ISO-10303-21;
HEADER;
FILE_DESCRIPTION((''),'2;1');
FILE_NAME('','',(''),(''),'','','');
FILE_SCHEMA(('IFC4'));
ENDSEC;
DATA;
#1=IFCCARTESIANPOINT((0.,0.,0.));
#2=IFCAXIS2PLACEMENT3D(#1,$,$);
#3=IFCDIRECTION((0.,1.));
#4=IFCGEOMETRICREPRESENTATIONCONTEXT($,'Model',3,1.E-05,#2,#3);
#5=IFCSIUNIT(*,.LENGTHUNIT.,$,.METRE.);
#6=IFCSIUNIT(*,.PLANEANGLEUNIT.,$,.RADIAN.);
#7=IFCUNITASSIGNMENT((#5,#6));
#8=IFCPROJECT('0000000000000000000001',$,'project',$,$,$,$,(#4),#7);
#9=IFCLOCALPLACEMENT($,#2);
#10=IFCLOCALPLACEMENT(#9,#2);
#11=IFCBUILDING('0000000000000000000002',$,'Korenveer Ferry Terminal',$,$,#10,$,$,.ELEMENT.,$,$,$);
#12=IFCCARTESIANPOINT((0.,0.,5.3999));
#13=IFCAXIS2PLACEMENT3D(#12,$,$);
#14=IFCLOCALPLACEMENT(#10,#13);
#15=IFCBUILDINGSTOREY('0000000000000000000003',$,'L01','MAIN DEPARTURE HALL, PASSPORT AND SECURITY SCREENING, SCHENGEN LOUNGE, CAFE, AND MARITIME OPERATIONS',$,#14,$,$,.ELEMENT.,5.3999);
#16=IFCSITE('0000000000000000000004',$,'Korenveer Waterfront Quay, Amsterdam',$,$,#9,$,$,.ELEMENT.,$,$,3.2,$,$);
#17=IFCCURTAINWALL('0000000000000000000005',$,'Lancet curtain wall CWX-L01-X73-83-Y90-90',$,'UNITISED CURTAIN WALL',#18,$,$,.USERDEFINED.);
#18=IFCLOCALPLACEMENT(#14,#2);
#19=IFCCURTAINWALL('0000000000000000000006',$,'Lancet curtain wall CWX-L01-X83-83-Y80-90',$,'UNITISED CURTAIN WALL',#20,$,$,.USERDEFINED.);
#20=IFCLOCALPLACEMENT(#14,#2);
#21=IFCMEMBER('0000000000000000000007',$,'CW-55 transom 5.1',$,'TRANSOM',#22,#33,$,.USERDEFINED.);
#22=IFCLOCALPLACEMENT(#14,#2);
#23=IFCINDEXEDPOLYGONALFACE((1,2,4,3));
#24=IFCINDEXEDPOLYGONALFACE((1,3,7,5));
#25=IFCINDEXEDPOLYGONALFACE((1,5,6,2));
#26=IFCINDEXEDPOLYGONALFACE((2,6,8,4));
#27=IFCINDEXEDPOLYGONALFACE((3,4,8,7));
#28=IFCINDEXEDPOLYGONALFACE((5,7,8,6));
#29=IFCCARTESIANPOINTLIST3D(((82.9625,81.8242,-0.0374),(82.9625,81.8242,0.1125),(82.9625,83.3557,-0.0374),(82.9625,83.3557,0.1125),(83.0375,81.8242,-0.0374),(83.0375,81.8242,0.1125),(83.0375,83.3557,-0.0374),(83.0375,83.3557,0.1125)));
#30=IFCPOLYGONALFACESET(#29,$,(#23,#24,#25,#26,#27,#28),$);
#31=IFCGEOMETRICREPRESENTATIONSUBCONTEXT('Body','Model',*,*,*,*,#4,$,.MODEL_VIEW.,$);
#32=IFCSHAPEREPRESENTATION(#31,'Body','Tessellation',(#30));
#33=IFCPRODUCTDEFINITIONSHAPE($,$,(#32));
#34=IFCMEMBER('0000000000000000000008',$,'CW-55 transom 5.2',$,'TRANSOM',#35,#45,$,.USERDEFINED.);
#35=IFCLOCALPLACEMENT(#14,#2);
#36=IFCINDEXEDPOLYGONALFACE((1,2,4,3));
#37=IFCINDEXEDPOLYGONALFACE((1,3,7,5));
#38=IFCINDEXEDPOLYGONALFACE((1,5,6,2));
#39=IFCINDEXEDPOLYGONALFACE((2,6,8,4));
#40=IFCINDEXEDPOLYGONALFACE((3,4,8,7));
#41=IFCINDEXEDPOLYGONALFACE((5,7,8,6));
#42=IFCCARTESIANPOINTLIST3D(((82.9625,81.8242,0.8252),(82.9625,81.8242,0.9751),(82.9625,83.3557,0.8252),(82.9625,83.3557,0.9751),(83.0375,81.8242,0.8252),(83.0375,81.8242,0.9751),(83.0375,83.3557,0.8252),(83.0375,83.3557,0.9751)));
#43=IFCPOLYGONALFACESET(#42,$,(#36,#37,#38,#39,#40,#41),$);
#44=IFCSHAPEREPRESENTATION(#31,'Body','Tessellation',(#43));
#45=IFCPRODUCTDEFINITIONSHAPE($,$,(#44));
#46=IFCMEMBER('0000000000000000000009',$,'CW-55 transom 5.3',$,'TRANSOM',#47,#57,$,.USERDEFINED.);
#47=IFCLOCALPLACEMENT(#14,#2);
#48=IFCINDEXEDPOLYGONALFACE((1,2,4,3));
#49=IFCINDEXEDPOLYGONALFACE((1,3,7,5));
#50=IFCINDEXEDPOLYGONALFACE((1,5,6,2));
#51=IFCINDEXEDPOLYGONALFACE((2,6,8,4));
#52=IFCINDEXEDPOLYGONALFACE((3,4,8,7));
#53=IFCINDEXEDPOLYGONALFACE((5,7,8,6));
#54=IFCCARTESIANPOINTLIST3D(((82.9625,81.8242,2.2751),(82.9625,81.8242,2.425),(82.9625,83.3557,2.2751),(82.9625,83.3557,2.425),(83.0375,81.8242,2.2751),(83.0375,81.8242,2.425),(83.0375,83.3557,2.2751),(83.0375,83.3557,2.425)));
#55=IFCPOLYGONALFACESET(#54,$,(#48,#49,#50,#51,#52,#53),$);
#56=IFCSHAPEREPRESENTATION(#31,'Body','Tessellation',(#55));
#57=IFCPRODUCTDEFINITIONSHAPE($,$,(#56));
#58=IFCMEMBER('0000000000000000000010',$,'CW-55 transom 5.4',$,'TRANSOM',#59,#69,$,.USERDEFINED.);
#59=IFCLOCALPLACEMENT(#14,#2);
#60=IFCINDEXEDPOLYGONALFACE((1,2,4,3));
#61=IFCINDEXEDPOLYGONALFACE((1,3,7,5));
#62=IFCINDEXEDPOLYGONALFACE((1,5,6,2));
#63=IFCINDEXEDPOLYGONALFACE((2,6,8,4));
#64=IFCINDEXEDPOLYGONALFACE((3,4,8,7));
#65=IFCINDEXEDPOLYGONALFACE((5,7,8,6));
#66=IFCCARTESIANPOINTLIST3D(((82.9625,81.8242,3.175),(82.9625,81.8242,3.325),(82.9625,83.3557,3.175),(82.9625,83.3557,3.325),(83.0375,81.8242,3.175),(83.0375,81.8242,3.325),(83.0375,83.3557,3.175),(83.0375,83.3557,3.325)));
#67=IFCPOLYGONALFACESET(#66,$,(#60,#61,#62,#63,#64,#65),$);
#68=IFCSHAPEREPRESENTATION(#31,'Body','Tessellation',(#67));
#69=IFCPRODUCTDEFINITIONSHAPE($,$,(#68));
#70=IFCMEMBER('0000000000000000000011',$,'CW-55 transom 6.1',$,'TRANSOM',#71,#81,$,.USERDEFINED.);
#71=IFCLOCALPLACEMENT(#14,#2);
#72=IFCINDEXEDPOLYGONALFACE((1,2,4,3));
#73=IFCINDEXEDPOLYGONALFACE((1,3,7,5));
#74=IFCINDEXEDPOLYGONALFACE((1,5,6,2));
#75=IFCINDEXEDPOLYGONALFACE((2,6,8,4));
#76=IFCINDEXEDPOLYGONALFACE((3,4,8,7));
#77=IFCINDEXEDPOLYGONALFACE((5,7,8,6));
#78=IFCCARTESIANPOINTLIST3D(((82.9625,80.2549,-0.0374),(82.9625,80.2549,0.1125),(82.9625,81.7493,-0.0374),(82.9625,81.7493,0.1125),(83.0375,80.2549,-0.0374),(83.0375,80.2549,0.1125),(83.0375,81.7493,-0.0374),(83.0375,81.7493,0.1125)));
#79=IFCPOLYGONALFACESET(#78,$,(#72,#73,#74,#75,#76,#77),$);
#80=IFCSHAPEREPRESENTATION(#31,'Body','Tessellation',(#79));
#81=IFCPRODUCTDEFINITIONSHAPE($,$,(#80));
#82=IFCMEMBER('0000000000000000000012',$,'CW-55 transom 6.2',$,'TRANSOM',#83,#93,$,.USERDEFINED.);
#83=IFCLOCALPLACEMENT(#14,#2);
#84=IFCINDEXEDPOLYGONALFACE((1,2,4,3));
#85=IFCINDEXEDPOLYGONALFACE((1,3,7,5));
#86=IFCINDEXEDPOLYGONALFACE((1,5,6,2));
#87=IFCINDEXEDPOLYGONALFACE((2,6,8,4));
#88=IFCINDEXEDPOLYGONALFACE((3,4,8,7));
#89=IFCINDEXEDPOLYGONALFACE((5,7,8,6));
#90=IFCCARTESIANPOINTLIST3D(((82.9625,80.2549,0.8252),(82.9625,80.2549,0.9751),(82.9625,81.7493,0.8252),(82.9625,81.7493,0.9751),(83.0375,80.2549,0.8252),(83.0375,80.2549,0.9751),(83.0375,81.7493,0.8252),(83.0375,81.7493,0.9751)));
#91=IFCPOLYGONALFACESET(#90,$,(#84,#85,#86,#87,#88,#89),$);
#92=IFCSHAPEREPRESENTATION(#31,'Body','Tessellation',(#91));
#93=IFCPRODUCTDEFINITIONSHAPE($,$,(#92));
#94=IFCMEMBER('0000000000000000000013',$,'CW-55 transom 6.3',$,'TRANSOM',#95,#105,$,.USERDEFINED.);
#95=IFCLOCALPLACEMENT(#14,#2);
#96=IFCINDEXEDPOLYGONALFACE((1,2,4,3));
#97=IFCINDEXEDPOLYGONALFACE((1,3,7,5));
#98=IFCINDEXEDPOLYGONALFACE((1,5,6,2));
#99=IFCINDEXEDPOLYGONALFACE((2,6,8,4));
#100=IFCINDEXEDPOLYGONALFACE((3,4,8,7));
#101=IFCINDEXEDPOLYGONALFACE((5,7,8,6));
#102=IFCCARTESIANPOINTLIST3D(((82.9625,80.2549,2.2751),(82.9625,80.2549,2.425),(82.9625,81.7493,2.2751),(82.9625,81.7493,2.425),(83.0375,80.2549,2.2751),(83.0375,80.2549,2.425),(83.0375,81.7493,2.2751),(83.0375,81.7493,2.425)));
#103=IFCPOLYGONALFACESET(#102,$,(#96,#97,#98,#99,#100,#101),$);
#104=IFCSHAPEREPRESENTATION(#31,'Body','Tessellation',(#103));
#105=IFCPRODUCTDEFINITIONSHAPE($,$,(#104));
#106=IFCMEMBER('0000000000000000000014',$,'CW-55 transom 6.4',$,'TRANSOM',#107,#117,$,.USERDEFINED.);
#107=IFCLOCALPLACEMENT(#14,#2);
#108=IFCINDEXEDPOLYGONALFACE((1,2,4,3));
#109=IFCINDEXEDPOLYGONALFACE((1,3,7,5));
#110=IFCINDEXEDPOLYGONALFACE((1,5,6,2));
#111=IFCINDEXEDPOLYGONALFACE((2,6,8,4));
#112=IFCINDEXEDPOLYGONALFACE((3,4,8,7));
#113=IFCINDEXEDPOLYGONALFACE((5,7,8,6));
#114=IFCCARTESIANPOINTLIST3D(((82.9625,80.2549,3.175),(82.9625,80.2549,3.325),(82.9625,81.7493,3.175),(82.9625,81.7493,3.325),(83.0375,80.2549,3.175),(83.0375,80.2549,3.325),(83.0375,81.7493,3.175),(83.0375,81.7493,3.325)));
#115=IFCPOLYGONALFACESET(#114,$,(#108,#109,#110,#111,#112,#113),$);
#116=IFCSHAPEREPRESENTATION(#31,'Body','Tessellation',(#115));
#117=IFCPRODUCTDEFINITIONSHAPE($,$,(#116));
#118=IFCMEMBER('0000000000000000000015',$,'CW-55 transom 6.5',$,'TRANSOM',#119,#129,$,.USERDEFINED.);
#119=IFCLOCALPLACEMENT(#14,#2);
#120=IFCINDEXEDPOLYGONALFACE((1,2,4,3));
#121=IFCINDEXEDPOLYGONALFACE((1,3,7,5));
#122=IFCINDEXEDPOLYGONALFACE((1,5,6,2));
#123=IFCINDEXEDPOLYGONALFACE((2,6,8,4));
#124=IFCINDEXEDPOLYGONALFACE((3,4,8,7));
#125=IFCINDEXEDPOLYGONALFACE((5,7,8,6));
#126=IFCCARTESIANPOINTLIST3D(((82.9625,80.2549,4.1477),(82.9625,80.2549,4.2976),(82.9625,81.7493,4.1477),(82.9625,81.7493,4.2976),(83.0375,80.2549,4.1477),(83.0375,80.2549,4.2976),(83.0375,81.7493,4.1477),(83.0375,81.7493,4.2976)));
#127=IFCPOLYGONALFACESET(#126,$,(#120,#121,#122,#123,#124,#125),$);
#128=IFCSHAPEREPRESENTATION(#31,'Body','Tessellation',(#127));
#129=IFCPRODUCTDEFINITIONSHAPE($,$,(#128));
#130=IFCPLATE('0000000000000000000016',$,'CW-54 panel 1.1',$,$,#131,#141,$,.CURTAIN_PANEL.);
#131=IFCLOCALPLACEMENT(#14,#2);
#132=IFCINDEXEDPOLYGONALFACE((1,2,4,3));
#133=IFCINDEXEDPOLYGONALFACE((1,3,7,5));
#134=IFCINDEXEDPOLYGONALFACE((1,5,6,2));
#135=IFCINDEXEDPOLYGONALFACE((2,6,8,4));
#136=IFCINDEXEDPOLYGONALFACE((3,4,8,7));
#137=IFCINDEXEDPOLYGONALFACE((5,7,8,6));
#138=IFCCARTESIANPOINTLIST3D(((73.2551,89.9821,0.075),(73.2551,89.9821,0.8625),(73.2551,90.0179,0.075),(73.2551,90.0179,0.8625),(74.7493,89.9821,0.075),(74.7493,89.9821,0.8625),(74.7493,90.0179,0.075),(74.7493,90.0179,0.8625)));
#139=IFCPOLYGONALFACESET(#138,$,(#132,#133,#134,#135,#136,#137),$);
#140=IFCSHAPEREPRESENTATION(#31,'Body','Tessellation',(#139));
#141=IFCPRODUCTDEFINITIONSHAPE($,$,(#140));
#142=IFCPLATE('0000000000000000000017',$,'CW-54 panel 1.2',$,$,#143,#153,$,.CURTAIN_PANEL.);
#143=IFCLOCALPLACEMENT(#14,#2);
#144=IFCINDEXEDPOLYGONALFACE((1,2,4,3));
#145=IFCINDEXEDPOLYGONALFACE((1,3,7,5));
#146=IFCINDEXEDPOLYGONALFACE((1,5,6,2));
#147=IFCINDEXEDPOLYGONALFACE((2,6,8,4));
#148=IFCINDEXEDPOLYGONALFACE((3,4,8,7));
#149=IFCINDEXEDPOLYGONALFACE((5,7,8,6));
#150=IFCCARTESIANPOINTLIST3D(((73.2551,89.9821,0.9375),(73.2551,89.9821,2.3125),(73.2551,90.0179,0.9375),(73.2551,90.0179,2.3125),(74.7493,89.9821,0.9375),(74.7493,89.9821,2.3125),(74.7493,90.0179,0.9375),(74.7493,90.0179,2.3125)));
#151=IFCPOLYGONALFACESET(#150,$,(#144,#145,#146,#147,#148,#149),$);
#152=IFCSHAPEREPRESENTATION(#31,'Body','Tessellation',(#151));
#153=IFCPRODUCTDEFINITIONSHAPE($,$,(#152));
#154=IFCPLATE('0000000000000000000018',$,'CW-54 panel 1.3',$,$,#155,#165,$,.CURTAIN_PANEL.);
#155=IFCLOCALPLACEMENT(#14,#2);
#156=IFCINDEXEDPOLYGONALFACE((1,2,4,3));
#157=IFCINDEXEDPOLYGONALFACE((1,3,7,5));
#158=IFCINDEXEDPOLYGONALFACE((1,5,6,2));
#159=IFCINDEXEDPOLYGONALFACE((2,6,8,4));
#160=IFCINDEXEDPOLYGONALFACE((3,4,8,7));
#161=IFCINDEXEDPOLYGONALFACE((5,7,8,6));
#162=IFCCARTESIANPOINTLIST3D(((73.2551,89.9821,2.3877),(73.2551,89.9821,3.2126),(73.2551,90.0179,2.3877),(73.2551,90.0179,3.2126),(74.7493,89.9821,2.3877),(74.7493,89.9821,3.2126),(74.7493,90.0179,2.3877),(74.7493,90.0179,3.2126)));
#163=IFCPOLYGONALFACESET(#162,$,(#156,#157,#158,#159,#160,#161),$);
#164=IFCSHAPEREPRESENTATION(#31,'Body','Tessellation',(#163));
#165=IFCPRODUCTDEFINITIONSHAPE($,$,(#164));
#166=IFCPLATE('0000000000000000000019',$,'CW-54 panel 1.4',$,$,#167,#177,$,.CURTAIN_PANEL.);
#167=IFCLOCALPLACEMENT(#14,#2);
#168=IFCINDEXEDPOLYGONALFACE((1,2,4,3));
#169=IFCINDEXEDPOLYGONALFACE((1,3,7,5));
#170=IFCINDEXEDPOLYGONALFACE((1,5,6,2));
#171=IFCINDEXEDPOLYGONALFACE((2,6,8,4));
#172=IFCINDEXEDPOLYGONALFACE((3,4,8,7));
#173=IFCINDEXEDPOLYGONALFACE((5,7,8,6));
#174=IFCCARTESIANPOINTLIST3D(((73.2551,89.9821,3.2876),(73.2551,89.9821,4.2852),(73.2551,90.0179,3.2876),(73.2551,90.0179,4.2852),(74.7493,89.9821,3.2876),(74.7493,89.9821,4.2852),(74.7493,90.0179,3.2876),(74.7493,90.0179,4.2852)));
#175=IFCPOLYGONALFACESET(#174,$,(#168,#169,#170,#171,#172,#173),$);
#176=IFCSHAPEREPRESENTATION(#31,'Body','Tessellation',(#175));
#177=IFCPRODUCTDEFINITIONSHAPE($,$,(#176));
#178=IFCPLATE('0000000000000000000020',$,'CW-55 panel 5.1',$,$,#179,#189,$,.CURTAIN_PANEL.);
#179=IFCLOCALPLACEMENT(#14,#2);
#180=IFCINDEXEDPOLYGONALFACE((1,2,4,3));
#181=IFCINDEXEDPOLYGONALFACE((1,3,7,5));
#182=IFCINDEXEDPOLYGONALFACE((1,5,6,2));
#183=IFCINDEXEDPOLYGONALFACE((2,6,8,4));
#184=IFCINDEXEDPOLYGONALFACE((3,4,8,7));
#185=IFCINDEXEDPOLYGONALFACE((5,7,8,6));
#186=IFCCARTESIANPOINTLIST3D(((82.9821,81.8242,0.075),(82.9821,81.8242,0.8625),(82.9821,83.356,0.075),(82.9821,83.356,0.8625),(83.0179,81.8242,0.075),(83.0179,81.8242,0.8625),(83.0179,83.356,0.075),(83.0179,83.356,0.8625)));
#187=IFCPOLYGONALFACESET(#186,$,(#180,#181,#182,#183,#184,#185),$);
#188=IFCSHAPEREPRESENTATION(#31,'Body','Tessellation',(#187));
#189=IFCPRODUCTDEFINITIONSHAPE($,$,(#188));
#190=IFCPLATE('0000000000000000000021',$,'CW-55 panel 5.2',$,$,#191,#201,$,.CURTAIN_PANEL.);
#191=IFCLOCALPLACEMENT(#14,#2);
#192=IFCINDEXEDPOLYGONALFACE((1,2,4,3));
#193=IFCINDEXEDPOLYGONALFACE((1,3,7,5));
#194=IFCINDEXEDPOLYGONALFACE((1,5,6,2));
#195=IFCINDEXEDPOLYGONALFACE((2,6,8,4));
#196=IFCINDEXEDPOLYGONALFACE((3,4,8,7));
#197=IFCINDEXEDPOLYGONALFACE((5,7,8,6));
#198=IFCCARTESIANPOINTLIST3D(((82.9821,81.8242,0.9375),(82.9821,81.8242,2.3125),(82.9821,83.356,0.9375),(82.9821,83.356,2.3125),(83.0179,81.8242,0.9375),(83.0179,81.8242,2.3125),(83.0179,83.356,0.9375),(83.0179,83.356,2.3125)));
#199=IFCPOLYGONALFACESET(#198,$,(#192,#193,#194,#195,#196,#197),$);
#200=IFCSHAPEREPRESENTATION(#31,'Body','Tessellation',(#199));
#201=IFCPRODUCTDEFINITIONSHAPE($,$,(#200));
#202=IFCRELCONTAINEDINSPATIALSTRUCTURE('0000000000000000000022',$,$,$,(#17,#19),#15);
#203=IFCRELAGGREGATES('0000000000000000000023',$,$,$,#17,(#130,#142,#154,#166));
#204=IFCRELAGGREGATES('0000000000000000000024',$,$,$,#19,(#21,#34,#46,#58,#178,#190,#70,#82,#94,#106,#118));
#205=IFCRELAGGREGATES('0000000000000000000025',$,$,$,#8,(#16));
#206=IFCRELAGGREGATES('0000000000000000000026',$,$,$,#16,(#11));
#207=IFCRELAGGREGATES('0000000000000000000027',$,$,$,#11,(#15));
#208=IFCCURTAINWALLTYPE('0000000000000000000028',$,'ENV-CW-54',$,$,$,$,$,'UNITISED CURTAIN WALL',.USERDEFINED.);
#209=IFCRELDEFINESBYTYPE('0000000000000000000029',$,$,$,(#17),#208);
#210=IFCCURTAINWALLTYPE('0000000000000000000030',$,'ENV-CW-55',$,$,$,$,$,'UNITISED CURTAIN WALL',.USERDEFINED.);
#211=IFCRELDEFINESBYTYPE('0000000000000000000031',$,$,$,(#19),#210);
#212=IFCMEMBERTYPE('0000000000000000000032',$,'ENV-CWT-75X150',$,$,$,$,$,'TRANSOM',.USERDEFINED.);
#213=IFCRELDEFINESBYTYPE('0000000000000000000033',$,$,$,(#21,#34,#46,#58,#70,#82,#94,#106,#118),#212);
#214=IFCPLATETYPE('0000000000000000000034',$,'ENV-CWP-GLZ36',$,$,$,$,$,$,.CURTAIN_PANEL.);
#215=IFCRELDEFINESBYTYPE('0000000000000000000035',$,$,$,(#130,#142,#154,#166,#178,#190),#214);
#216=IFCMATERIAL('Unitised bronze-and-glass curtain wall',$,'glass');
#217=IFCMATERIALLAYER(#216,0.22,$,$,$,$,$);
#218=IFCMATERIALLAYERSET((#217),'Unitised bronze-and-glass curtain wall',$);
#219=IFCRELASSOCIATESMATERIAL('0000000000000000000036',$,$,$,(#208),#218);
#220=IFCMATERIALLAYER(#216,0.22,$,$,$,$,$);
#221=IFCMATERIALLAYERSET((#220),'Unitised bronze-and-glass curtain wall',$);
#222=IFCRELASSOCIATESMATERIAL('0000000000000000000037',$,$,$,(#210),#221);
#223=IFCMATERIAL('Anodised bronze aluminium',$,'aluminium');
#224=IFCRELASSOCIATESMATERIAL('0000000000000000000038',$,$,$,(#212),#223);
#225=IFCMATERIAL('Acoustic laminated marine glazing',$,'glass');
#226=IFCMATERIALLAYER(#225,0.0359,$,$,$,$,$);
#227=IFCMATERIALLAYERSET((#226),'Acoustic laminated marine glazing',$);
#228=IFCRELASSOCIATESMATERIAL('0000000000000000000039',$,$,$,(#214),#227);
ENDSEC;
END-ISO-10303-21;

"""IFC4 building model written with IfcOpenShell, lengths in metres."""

from ifc_helpers import new_model, si_unit, direction, frame, origin, origin_2d, place, context, subcontext, project, spatial, rectangle, extrude, material, layer, layer_set, material_profile, profile_set, type_object, element, aggregate, save


model = new_model("IFC4")

# Units and contexts
model_context = context("Model", 3, precision=1e-05, world=origin(), true_north=direction((0.0, 1.0)))
body_context = subcontext(model_context, "Body", "Model", "MODEL_VIEW")
ifc_project = project(units=[si_unit("LENGTHUNIT", "METRE"), si_unit("PLANEANGLEUNIT", "RADIAN")], contexts=[model_context])

# Site, building, storey
site_placement = place(None, origin())
site = spatial("IfcSite", under=ifc_project, at=site_placement, Name="Korenveer Waterfront Quay, Amsterdam", CompositionType="ELEMENT", RefElevation=3.2)
building_placement = place(site_placement, origin())
building = spatial("IfcBuilding", under=site, at=building_placement, Name="Korenveer Ferry Terminal", CompositionType="ELEMENT")
storey_placement = place(building_placement, frame((0.0, 0.0, 5.3999)))
storey = spatial("IfcBuildingStorey", under=building, at=storey_placement, Name="L01", Description="MAIN DEPARTURE HALL, PASSPORT AND SECURITY SCREENING, SCHENGEN LOUNGE, CAFE, AND MARITIME OPERATIONS", CompositionType="ELEMENT", Elevation=5.3999)

# Shared definitions
ifc_material_1 = material(Name="Unitised bronze-and-glass curtain wall", Category="glass")
ifc_material_2 = material(Name="Anodised bronze aluminium", Category="aluminium")

# Curtain walls
ifc_layer_1 = layer(ifc_material_1, 0.22)
ifc_layer_set_1 = layer_set([ifc_layer_1], Name="Unitised bronze-and-glass curtain wall")
curtain_wall_type_1 = type_object("IfcCurtainWallType", Name="ENV-CW-54", ElementType="UNITISED CURTAIN WALL", PredefinedType="USERDEFINED", material=ifc_layer_set_1)
curtain_wall_1_placement = place(storey_placement, frame((73.1799, 90.0, 0.0)))
curtain_wall_1 = element("IfcCurtainWall", 1, at=curtain_wall_1_placement, inside=storey, type_object=curtain_wall_type_1, Name="Lancet curtain wall CWX-L01-X73-83-Y90-90", ObjectType="UNITISED CURTAIN WALL", PredefinedType="USERDEFINED")
ifc_layer_2 = layer(ifc_material_1, 0.22)
ifc_layer_set_2 = layer_set([ifc_layer_2], Name="Unitised bronze-and-glass curtain wall")
curtain_wall_type_2 = type_object("IfcCurtainWallType", Name="ENV-CW-55", ElementType="UNITISED CURTAIN WALL", PredefinedType="USERDEFINED", material=ifc_layer_set_2)
curtain_wall_2_placement = place(storey_placement, frame((83.0, 89.8201, 0.0)))
curtain_wall_2 = element("IfcCurtainWall", 2, at=curtain_wall_2_placement, inside=storey, type_object=curtain_wall_type_2, Name="Lancet curtain wall CWX-L01-X83-83-Y80-90", ObjectType="UNITISED CURTAIN WALL", PredefinedType="USERDEFINED")

# Members
ifc_material_profile_1 = material_profile(ifc_material_2, rectangle(XDim=0.075, YDim=0.1499, at=origin_2d()), Name="ALU 75x150")
ifc_profile_set_1 = profile_set([ifc_material_profile_1], Name="Anodised bronze aluminium")
member_type_1 = type_object("IfcMemberType", Name="ENV-CWT-75X150", ElementType="TRANSOM", PredefinedType="USERDEFINED", material=ifc_profile_set_1)
member_1_placement = place(storey_placement, frame((83.0, 83.3557, 0.0376), z_axis=(0.0, -1.0, 0.0), x_axis=(1.0, 0.0, 0.0)))
member_1 = element("IfcMember", 3, at=member_1_placement, type_object=member_type_1, Name="CW-55 transom 5.1", ObjectType="TRANSOM", PredefinedType="USERDEFINED", context=body_context, shape_type="SweptSolid", body=[
    extrude(rectangle(XDim=0.075, YDim=0.1499, at=origin_2d()), origin(), (0.0, 0.0, 1.0), 1.5315),
])
member_2_placement = place(storey_placement, frame((83.0, 83.3557, 0.9001), z_axis=(0.0, -1.0, 0.0), x_axis=(1.0, 0.0, 0.0)))
member_2 = element("IfcMember", 4, at=member_2_placement, type_object=member_type_1, Name="CW-55 transom 5.2", ObjectType="TRANSOM", PredefinedType="USERDEFINED", context=body_context, shape_type="SweptSolid", body=[
    extrude(rectangle(XDim=0.075, YDim=0.1499, at=origin_2d()), origin(), (0.0, 0.0, 1.0), 1.5315),
])
member_3_placement = place(storey_placement, frame((83.0, 83.3557, 2.3501), z_axis=(0.0, -1.0, 0.0), x_axis=(1.0, 0.0, 0.0)))
member_3 = element("IfcMember", 5, at=member_3_placement, type_object=member_type_1, Name="CW-55 transom 5.3", ObjectType="TRANSOM", PredefinedType="USERDEFINED", context=body_context, shape_type="SweptSolid", body=[
    extrude(rectangle(XDim=0.075, YDim=0.1499, at=origin_2d()), origin(), (0.0, 0.0, 1.0), 1.5315),
])
member_4_placement = place(storey_placement, frame((83.0, 83.3557, 3.25), z_axis=(0.0, -1.0, 0.0), x_axis=(1.0, 0.0, 0.0)))
member_4 = element("IfcMember", 6, at=member_4_placement, type_object=member_type_1, Name="CW-55 transom 5.4", ObjectType="TRANSOM", PredefinedType="USERDEFINED", context=body_context, shape_type="SweptSolid", body=[
    extrude(rectangle(XDim=0.075, YDim=0.1499, at=origin_2d()), origin(), (0.0, 0.0, 1.0), 1.5315),
])
member_5_placement = place(storey_placement, frame((83.0, 81.7493, 0.0376), z_axis=(0.0, -1.0, 0.0), x_axis=(1.0, 0.0, 0.0)))
member_5 = element("IfcMember", 7, at=member_5_placement, type_object=member_type_1, Name="CW-55 transom 6.1", ObjectType="TRANSOM", PredefinedType="USERDEFINED", context=body_context, shape_type="SweptSolid", body=[
    extrude(rectangle(XDim=0.075, YDim=0.1499, at=origin_2d()), origin(), (0.0, 0.0, 1.0), 1.4944),
])
member_6_placement = place(storey_placement, frame((83.0, 81.7493, 0.9001), z_axis=(0.0, -1.0, 0.0), x_axis=(1.0, 0.0, 0.0)))
member_6 = element("IfcMember", 8, at=member_6_placement, type_object=member_type_1, Name="CW-55 transom 6.2", ObjectType="TRANSOM", PredefinedType="USERDEFINED", context=body_context, shape_type="SweptSolid", body=[
    extrude(rectangle(XDim=0.075, YDim=0.1499, at=origin_2d()), origin(), (0.0, 0.0, 1.0), 1.4944),
])
member_7_placement = place(storey_placement, frame((83.0, 81.7493, 2.3501), z_axis=(0.0, -1.0, 0.0), x_axis=(1.0, 0.0, 0.0)))
member_7 = element("IfcMember", 9, at=member_7_placement, type_object=member_type_1, Name="CW-55 transom 6.3", ObjectType="TRANSOM", PredefinedType="USERDEFINED", context=body_context, shape_type="SweptSolid", body=[
    extrude(rectangle(XDim=0.075, YDim=0.1499, at=origin_2d()), origin(), (0.0, 0.0, 1.0), 1.4944),
])
member_8_placement = place(storey_placement, frame((83.0, 81.7493, 3.25), z_axis=(0.0, -1.0, 0.0), x_axis=(1.0, 0.0, 0.0)))
member_8 = element("IfcMember", 10, at=member_8_placement, type_object=member_type_1, Name="CW-55 transom 6.4", ObjectType="TRANSOM", PredefinedType="USERDEFINED", context=body_context, shape_type="SweptSolid", body=[
    extrude(rectangle(XDim=0.075, YDim=0.1499, at=origin_2d()), origin(), (0.0, 0.0, 1.0), 1.4944),
])
member_9_placement = place(storey_placement, frame((83.0, 81.7493, 4.2227), z_axis=(0.0, -1.0, 0.0), x_axis=(1.0, 0.0, 0.0)))
member_9 = element("IfcMember", 11, at=member_9_placement, type_object=member_type_1, Name="CW-55 transom 6.5", ObjectType="TRANSOM", PredefinedType="USERDEFINED", context=body_context, shape_type="SweptSolid", body=[
    extrude(rectangle(XDim=0.075, YDim=0.1499, at=origin_2d()), origin(), (0.0, 0.0, 1.0), 1.4944),
])

# Plates
ifc_material_3 = material(Name="Acoustic laminated marine glazing", Category="glass")
ifc_layer_3 = layer(ifc_material_3, 0.0359)
ifc_layer_set_3 = layer_set([ifc_layer_3], Name="Acoustic laminated marine glazing")
plate_type = type_object("IfcPlateType", Name="ENV-CWP-GLZ36", PredefinedType="CURTAIN_PANEL", material=ifc_layer_set_3)
plate_1_placement = place(storey_placement, frame((74.0022, 90.0, 0.075), z_axis=(0.0, 0.0, 1.0), x_axis=(1.0, 0.0, 0.0)))
plate_1 = element("IfcPlate", 12, at=plate_1_placement, type_object=plate_type, Name="CW-54 panel 1.1", PredefinedType="CURTAIN_PANEL", context=body_context, shape_type="SweptSolid", body=[
    extrude(rectangle(XDim=1.4941, YDim=0.0359, at=origin_2d()), origin(), (0.0, 0.0, 1.0), 0.7876),
])
plate_2_placement = place(storey_placement, frame((74.0022, 90.0, 0.9375), z_axis=(0.0, 0.0, 1.0), x_axis=(1.0, 0.0, 0.0)))
plate_2 = element("IfcPlate", 13, at=plate_2_placement, type_object=plate_type, Name="CW-54 panel 1.2", PredefinedType="CURTAIN_PANEL", context=body_context, shape_type="SweptSolid", body=[
    extrude(rectangle(XDim=1.4941, YDim=0.0359, at=origin_2d()), origin(), (0.0, 0.0, 1.0), 1.375),
])
plate_3_placement = place(storey_placement, frame((74.0022, 90.0, 2.3877), z_axis=(0.0, 0.0, 1.0), x_axis=(1.0, 0.0, 0.0)))
plate_3 = element("IfcPlate", 14, at=plate_3_placement, type_object=plate_type, Name="CW-54 panel 1.3", PredefinedType="CURTAIN_PANEL", context=body_context, shape_type="SweptSolid", body=[
    extrude(rectangle(XDim=1.4941, YDim=0.0359, at=origin_2d()), origin(), (0.0, 0.0, 1.0), 0.825),
])
plate_4_placement = place(storey_placement, frame((74.0022, 90.0, 3.2876), z_axis=(0.0, 0.0, 1.0), x_axis=(1.0, 0.0, 0.0)))
plate_4 = element("IfcPlate", 15, at=plate_4_placement, type_object=plate_type, Name="CW-54 panel 1.4", PredefinedType="CURTAIN_PANEL", context=body_context, shape_type="SweptSolid", body=[
    extrude(rectangle(XDim=1.4941, YDim=0.0359, at=origin_2d()), origin(), (0.0, 0.0, 1.0), 0.9976),
])
aggregate(curtain_wall_1, [plate_1, plate_2, plate_3, plate_4])
plate_5_placement = place(storey_placement, frame((83.0, 82.5901, 0.075), z_axis=(0.0, 0.0, 1.0), x_axis=(0.0, -1.0, 0.0)))
plate_5 = element("IfcPlate", 16, at=plate_5_placement, type_object=plate_type, Name="CW-55 panel 5.1", PredefinedType="CURTAIN_PANEL", context=body_context, shape_type="SweptSolid", body=[
    extrude(rectangle(XDim=1.5317, YDim=0.0359, at=origin_2d()), origin(), (0.0, 0.0, 1.0), 0.7876),
])
plate_6_placement = place(storey_placement, frame((83.0, 82.5901, 0.9375), z_axis=(0.0, 0.0, 1.0), x_axis=(0.0, -1.0, 0.0)))
plate_6 = element("IfcPlate", 17, at=plate_6_placement, type_object=plate_type, Name="CW-55 panel 5.2", PredefinedType="CURTAIN_PANEL", context=body_context, shape_type="SweptSolid", body=[
    extrude(rectangle(XDim=1.5317, YDim=0.0359, at=origin_2d()), origin(), (0.0, 0.0, 1.0), 1.375),
])
aggregate(curtain_wall_2, [member_1, member_2, member_3, member_4, plate_5, plate_6, member_5, member_6, member_7, member_8, member_9])

save(model, "model.ifc")
